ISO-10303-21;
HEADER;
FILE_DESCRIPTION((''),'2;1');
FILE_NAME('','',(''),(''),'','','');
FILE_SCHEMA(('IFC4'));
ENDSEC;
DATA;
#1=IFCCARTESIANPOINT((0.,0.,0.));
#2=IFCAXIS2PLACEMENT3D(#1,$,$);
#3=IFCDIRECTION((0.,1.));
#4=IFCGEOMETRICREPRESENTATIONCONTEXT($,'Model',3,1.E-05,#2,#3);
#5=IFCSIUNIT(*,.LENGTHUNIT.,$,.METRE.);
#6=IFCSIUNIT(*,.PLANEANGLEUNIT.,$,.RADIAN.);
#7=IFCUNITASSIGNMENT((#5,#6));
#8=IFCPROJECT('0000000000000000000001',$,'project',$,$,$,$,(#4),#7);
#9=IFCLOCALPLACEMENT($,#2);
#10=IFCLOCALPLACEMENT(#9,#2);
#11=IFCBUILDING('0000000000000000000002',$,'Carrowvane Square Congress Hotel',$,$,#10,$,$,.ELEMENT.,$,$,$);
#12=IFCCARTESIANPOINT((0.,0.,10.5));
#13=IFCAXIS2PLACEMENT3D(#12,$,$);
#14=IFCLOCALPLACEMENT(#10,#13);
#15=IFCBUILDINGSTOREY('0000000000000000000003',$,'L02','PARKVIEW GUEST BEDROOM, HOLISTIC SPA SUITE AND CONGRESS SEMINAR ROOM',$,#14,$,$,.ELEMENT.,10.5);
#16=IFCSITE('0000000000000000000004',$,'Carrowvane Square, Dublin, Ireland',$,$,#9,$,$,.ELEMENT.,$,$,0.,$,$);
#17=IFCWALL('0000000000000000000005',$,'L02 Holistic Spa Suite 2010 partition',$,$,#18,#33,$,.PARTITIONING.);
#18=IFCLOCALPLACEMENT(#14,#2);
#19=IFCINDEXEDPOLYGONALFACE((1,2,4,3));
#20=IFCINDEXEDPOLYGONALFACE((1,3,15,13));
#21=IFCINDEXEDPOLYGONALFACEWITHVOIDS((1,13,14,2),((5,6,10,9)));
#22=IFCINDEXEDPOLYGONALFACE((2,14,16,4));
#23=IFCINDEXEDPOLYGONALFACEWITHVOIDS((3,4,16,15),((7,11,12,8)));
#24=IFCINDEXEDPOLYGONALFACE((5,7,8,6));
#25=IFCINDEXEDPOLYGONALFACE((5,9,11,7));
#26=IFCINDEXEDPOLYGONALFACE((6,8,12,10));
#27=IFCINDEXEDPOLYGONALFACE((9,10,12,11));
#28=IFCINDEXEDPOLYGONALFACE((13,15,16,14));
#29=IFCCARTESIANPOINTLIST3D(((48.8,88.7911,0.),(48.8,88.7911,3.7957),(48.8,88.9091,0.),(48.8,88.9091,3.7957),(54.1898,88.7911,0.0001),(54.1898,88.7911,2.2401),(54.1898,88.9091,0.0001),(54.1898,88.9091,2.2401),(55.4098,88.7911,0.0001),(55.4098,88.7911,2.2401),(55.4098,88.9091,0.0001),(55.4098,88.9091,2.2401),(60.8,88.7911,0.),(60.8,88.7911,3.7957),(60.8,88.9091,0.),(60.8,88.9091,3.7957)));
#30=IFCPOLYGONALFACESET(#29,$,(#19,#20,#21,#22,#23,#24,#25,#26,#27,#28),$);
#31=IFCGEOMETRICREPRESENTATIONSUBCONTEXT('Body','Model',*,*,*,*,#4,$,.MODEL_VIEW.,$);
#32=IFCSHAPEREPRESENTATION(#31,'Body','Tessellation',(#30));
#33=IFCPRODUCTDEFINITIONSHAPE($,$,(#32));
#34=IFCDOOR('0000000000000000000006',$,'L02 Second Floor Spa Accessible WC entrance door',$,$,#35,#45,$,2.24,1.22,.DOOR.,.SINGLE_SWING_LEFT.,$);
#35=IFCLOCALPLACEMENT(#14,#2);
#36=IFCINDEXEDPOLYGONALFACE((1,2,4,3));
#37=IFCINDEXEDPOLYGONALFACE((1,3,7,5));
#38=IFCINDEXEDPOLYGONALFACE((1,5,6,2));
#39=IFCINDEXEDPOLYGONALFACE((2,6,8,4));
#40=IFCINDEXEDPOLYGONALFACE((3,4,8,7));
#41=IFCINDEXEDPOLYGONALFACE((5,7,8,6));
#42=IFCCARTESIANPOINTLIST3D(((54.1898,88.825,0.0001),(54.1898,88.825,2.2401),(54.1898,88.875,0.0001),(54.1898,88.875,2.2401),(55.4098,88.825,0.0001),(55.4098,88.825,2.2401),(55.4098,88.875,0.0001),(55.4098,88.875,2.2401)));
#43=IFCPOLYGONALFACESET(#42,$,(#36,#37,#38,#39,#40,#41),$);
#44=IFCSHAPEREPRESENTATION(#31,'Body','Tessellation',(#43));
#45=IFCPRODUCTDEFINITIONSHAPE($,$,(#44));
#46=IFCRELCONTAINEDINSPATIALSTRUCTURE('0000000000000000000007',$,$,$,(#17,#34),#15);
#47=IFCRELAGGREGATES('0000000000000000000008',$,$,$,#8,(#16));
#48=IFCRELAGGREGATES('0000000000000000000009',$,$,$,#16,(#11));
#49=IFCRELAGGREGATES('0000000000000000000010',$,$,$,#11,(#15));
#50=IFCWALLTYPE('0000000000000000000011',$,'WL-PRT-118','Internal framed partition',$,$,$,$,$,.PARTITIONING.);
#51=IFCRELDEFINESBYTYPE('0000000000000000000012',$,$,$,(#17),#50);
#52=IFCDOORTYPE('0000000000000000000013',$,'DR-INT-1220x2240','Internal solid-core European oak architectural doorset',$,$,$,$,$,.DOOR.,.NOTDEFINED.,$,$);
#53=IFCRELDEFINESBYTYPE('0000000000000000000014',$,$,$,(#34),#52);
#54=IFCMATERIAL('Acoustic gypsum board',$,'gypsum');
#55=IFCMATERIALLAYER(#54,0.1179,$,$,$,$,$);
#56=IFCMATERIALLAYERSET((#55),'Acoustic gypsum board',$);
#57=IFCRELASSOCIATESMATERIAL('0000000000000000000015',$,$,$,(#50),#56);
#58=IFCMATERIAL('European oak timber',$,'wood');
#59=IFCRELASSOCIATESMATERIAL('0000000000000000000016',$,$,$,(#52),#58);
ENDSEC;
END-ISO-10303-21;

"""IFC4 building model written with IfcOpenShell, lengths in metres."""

from ifc_helpers import new_model, si_unit, direction, frame, frame_2d, origin, place, context, subcontext, project, spatial, rectangle, extrude, material, layer, layer_set, type_object, element, fill, save


model = new_model("IFC4")

# Units and contexts
model_context = context("Model", 3, precision=1e-05, world=origin(), true_north=direction((0.0, 1.0)))
body_context = subcontext(model_context, "Body", "Model", "MODEL_VIEW")
ifc_project = project(units=[si_unit("LENGTHUNIT", "METRE"), si_unit("PLANEANGLEUNIT", "RADIAN")], contexts=[model_context])

# Site, building, storey
site_placement = place(None, origin())
site = spatial("IfcSite", under=ifc_project, at=site_placement, Name="Carrowvane Square, Dublin, Ireland", CompositionType="ELEMENT", RefElevation=0.0)
building_placement = place(site_placement, origin())
building = spatial("IfcBuilding", under=site, at=building_placement, Name="Carrowvane Square Congress Hotel", CompositionType="ELEMENT")
storey_placement = place(building_placement, frame((0.0, 0.0, 10.5)))
storey = spatial("IfcBuildingStorey", under=building, at=storey_placement, Name="L02", Description="PARKVIEW GUEST BEDROOM, HOLISTIC SPA SUITE AND CONGRESS SEMINAR ROOM", CompositionType="ELEMENT", Elevation=10.5)

# Wall, opening, door
ifc_material_1 = material(Name="Acoustic gypsum board", Category="gypsum")
ifc_layer_1 = layer(ifc_material_1, 0.1179)
ifc_layer_set_1 = layer_set([ifc_layer_1], Name="Acoustic gypsum board")
wall_type_1 = type_object("IfcWallType", Name="WL-PRT-118", Description="Internal framed partition", PredefinedType="PARTITIONING", material=ifc_layer_set_1)
wall_1_placement = place(storey_placement, frame((48.8, 88.8501, 0.0), z_axis=(0.0, 0.0, 1.0), x_axis=(1.0, 0.0, 0.0)))
wall_1 = element("IfcWall", 1, at=wall_1_placement, inside=storey, type_object=wall_type_1, Name="L02 Holistic Spa Suite 2010 partition", PredefinedType="PARTITIONING", context=body_context, shape_type="SweptSolid", body=[
    extrude(rectangle(XDim=12.0, YDim=0.1179, at=frame_2d((6.0, 0.0))), origin(), (0.0, 0.0, 1.0), 3.7957),
])
opening_1_placement = place(wall_1_placement, frame((5.3899, 0.0, 0.0)))
opening_1 = element("IfcOpeningElement", 2, at=opening_1_placement, cuts=wall_1, PredefinedType="OPENING", context=body_context, shape_type="SweptSolid", body=[
    extrude(rectangle(XDim=1.22, YDim=2.24, at=frame_2d((0.6099, 1.1201))), frame((0.0, 0.0688, 0.0), z_axis=(0.0, -1.0, 0.0), x_axis=(1.0, 0.0, 0.0)), (0.0, 0.0, 1.0), 0.1379),
])
ifc_material_2 = material(Name="European oak timber", Category="wood")
door_type_1 = type_object("IfcDoorType", Name="DR-INT-1220x2240", Description="Internal solid-core European oak architectural doorset", OperationType="NOTDEFINED", PredefinedType="DOOR", material=ifc_material_2)
door_1_placement = place(opening_1_placement, origin())
door_1 = element("IfcDoor", 3, at=door_1_placement, inside=storey, type_object=door_type_1, Name="L02 Second Floor Spa Accessible WC entrance door", OperationType="SINGLE_SWING_LEFT", OverallHeight=2.24, OverallWidth=1.22, PredefinedType="DOOR", context=body_context, shape_type="SweptSolid", body=[
    extrude(rectangle(XDim=1.22, YDim=2.24, at=frame_2d((0.6099, 1.1201))), frame((0.0, 0.0249, 0.0), z_axis=(0.0, -1.0, 0.0), x_axis=(1.0, 0.0, 0.0)), (0.0, 0.0, 1.0), 0.05),
])
fill(opening_1, door_1)

save(model, "model.ifc")
